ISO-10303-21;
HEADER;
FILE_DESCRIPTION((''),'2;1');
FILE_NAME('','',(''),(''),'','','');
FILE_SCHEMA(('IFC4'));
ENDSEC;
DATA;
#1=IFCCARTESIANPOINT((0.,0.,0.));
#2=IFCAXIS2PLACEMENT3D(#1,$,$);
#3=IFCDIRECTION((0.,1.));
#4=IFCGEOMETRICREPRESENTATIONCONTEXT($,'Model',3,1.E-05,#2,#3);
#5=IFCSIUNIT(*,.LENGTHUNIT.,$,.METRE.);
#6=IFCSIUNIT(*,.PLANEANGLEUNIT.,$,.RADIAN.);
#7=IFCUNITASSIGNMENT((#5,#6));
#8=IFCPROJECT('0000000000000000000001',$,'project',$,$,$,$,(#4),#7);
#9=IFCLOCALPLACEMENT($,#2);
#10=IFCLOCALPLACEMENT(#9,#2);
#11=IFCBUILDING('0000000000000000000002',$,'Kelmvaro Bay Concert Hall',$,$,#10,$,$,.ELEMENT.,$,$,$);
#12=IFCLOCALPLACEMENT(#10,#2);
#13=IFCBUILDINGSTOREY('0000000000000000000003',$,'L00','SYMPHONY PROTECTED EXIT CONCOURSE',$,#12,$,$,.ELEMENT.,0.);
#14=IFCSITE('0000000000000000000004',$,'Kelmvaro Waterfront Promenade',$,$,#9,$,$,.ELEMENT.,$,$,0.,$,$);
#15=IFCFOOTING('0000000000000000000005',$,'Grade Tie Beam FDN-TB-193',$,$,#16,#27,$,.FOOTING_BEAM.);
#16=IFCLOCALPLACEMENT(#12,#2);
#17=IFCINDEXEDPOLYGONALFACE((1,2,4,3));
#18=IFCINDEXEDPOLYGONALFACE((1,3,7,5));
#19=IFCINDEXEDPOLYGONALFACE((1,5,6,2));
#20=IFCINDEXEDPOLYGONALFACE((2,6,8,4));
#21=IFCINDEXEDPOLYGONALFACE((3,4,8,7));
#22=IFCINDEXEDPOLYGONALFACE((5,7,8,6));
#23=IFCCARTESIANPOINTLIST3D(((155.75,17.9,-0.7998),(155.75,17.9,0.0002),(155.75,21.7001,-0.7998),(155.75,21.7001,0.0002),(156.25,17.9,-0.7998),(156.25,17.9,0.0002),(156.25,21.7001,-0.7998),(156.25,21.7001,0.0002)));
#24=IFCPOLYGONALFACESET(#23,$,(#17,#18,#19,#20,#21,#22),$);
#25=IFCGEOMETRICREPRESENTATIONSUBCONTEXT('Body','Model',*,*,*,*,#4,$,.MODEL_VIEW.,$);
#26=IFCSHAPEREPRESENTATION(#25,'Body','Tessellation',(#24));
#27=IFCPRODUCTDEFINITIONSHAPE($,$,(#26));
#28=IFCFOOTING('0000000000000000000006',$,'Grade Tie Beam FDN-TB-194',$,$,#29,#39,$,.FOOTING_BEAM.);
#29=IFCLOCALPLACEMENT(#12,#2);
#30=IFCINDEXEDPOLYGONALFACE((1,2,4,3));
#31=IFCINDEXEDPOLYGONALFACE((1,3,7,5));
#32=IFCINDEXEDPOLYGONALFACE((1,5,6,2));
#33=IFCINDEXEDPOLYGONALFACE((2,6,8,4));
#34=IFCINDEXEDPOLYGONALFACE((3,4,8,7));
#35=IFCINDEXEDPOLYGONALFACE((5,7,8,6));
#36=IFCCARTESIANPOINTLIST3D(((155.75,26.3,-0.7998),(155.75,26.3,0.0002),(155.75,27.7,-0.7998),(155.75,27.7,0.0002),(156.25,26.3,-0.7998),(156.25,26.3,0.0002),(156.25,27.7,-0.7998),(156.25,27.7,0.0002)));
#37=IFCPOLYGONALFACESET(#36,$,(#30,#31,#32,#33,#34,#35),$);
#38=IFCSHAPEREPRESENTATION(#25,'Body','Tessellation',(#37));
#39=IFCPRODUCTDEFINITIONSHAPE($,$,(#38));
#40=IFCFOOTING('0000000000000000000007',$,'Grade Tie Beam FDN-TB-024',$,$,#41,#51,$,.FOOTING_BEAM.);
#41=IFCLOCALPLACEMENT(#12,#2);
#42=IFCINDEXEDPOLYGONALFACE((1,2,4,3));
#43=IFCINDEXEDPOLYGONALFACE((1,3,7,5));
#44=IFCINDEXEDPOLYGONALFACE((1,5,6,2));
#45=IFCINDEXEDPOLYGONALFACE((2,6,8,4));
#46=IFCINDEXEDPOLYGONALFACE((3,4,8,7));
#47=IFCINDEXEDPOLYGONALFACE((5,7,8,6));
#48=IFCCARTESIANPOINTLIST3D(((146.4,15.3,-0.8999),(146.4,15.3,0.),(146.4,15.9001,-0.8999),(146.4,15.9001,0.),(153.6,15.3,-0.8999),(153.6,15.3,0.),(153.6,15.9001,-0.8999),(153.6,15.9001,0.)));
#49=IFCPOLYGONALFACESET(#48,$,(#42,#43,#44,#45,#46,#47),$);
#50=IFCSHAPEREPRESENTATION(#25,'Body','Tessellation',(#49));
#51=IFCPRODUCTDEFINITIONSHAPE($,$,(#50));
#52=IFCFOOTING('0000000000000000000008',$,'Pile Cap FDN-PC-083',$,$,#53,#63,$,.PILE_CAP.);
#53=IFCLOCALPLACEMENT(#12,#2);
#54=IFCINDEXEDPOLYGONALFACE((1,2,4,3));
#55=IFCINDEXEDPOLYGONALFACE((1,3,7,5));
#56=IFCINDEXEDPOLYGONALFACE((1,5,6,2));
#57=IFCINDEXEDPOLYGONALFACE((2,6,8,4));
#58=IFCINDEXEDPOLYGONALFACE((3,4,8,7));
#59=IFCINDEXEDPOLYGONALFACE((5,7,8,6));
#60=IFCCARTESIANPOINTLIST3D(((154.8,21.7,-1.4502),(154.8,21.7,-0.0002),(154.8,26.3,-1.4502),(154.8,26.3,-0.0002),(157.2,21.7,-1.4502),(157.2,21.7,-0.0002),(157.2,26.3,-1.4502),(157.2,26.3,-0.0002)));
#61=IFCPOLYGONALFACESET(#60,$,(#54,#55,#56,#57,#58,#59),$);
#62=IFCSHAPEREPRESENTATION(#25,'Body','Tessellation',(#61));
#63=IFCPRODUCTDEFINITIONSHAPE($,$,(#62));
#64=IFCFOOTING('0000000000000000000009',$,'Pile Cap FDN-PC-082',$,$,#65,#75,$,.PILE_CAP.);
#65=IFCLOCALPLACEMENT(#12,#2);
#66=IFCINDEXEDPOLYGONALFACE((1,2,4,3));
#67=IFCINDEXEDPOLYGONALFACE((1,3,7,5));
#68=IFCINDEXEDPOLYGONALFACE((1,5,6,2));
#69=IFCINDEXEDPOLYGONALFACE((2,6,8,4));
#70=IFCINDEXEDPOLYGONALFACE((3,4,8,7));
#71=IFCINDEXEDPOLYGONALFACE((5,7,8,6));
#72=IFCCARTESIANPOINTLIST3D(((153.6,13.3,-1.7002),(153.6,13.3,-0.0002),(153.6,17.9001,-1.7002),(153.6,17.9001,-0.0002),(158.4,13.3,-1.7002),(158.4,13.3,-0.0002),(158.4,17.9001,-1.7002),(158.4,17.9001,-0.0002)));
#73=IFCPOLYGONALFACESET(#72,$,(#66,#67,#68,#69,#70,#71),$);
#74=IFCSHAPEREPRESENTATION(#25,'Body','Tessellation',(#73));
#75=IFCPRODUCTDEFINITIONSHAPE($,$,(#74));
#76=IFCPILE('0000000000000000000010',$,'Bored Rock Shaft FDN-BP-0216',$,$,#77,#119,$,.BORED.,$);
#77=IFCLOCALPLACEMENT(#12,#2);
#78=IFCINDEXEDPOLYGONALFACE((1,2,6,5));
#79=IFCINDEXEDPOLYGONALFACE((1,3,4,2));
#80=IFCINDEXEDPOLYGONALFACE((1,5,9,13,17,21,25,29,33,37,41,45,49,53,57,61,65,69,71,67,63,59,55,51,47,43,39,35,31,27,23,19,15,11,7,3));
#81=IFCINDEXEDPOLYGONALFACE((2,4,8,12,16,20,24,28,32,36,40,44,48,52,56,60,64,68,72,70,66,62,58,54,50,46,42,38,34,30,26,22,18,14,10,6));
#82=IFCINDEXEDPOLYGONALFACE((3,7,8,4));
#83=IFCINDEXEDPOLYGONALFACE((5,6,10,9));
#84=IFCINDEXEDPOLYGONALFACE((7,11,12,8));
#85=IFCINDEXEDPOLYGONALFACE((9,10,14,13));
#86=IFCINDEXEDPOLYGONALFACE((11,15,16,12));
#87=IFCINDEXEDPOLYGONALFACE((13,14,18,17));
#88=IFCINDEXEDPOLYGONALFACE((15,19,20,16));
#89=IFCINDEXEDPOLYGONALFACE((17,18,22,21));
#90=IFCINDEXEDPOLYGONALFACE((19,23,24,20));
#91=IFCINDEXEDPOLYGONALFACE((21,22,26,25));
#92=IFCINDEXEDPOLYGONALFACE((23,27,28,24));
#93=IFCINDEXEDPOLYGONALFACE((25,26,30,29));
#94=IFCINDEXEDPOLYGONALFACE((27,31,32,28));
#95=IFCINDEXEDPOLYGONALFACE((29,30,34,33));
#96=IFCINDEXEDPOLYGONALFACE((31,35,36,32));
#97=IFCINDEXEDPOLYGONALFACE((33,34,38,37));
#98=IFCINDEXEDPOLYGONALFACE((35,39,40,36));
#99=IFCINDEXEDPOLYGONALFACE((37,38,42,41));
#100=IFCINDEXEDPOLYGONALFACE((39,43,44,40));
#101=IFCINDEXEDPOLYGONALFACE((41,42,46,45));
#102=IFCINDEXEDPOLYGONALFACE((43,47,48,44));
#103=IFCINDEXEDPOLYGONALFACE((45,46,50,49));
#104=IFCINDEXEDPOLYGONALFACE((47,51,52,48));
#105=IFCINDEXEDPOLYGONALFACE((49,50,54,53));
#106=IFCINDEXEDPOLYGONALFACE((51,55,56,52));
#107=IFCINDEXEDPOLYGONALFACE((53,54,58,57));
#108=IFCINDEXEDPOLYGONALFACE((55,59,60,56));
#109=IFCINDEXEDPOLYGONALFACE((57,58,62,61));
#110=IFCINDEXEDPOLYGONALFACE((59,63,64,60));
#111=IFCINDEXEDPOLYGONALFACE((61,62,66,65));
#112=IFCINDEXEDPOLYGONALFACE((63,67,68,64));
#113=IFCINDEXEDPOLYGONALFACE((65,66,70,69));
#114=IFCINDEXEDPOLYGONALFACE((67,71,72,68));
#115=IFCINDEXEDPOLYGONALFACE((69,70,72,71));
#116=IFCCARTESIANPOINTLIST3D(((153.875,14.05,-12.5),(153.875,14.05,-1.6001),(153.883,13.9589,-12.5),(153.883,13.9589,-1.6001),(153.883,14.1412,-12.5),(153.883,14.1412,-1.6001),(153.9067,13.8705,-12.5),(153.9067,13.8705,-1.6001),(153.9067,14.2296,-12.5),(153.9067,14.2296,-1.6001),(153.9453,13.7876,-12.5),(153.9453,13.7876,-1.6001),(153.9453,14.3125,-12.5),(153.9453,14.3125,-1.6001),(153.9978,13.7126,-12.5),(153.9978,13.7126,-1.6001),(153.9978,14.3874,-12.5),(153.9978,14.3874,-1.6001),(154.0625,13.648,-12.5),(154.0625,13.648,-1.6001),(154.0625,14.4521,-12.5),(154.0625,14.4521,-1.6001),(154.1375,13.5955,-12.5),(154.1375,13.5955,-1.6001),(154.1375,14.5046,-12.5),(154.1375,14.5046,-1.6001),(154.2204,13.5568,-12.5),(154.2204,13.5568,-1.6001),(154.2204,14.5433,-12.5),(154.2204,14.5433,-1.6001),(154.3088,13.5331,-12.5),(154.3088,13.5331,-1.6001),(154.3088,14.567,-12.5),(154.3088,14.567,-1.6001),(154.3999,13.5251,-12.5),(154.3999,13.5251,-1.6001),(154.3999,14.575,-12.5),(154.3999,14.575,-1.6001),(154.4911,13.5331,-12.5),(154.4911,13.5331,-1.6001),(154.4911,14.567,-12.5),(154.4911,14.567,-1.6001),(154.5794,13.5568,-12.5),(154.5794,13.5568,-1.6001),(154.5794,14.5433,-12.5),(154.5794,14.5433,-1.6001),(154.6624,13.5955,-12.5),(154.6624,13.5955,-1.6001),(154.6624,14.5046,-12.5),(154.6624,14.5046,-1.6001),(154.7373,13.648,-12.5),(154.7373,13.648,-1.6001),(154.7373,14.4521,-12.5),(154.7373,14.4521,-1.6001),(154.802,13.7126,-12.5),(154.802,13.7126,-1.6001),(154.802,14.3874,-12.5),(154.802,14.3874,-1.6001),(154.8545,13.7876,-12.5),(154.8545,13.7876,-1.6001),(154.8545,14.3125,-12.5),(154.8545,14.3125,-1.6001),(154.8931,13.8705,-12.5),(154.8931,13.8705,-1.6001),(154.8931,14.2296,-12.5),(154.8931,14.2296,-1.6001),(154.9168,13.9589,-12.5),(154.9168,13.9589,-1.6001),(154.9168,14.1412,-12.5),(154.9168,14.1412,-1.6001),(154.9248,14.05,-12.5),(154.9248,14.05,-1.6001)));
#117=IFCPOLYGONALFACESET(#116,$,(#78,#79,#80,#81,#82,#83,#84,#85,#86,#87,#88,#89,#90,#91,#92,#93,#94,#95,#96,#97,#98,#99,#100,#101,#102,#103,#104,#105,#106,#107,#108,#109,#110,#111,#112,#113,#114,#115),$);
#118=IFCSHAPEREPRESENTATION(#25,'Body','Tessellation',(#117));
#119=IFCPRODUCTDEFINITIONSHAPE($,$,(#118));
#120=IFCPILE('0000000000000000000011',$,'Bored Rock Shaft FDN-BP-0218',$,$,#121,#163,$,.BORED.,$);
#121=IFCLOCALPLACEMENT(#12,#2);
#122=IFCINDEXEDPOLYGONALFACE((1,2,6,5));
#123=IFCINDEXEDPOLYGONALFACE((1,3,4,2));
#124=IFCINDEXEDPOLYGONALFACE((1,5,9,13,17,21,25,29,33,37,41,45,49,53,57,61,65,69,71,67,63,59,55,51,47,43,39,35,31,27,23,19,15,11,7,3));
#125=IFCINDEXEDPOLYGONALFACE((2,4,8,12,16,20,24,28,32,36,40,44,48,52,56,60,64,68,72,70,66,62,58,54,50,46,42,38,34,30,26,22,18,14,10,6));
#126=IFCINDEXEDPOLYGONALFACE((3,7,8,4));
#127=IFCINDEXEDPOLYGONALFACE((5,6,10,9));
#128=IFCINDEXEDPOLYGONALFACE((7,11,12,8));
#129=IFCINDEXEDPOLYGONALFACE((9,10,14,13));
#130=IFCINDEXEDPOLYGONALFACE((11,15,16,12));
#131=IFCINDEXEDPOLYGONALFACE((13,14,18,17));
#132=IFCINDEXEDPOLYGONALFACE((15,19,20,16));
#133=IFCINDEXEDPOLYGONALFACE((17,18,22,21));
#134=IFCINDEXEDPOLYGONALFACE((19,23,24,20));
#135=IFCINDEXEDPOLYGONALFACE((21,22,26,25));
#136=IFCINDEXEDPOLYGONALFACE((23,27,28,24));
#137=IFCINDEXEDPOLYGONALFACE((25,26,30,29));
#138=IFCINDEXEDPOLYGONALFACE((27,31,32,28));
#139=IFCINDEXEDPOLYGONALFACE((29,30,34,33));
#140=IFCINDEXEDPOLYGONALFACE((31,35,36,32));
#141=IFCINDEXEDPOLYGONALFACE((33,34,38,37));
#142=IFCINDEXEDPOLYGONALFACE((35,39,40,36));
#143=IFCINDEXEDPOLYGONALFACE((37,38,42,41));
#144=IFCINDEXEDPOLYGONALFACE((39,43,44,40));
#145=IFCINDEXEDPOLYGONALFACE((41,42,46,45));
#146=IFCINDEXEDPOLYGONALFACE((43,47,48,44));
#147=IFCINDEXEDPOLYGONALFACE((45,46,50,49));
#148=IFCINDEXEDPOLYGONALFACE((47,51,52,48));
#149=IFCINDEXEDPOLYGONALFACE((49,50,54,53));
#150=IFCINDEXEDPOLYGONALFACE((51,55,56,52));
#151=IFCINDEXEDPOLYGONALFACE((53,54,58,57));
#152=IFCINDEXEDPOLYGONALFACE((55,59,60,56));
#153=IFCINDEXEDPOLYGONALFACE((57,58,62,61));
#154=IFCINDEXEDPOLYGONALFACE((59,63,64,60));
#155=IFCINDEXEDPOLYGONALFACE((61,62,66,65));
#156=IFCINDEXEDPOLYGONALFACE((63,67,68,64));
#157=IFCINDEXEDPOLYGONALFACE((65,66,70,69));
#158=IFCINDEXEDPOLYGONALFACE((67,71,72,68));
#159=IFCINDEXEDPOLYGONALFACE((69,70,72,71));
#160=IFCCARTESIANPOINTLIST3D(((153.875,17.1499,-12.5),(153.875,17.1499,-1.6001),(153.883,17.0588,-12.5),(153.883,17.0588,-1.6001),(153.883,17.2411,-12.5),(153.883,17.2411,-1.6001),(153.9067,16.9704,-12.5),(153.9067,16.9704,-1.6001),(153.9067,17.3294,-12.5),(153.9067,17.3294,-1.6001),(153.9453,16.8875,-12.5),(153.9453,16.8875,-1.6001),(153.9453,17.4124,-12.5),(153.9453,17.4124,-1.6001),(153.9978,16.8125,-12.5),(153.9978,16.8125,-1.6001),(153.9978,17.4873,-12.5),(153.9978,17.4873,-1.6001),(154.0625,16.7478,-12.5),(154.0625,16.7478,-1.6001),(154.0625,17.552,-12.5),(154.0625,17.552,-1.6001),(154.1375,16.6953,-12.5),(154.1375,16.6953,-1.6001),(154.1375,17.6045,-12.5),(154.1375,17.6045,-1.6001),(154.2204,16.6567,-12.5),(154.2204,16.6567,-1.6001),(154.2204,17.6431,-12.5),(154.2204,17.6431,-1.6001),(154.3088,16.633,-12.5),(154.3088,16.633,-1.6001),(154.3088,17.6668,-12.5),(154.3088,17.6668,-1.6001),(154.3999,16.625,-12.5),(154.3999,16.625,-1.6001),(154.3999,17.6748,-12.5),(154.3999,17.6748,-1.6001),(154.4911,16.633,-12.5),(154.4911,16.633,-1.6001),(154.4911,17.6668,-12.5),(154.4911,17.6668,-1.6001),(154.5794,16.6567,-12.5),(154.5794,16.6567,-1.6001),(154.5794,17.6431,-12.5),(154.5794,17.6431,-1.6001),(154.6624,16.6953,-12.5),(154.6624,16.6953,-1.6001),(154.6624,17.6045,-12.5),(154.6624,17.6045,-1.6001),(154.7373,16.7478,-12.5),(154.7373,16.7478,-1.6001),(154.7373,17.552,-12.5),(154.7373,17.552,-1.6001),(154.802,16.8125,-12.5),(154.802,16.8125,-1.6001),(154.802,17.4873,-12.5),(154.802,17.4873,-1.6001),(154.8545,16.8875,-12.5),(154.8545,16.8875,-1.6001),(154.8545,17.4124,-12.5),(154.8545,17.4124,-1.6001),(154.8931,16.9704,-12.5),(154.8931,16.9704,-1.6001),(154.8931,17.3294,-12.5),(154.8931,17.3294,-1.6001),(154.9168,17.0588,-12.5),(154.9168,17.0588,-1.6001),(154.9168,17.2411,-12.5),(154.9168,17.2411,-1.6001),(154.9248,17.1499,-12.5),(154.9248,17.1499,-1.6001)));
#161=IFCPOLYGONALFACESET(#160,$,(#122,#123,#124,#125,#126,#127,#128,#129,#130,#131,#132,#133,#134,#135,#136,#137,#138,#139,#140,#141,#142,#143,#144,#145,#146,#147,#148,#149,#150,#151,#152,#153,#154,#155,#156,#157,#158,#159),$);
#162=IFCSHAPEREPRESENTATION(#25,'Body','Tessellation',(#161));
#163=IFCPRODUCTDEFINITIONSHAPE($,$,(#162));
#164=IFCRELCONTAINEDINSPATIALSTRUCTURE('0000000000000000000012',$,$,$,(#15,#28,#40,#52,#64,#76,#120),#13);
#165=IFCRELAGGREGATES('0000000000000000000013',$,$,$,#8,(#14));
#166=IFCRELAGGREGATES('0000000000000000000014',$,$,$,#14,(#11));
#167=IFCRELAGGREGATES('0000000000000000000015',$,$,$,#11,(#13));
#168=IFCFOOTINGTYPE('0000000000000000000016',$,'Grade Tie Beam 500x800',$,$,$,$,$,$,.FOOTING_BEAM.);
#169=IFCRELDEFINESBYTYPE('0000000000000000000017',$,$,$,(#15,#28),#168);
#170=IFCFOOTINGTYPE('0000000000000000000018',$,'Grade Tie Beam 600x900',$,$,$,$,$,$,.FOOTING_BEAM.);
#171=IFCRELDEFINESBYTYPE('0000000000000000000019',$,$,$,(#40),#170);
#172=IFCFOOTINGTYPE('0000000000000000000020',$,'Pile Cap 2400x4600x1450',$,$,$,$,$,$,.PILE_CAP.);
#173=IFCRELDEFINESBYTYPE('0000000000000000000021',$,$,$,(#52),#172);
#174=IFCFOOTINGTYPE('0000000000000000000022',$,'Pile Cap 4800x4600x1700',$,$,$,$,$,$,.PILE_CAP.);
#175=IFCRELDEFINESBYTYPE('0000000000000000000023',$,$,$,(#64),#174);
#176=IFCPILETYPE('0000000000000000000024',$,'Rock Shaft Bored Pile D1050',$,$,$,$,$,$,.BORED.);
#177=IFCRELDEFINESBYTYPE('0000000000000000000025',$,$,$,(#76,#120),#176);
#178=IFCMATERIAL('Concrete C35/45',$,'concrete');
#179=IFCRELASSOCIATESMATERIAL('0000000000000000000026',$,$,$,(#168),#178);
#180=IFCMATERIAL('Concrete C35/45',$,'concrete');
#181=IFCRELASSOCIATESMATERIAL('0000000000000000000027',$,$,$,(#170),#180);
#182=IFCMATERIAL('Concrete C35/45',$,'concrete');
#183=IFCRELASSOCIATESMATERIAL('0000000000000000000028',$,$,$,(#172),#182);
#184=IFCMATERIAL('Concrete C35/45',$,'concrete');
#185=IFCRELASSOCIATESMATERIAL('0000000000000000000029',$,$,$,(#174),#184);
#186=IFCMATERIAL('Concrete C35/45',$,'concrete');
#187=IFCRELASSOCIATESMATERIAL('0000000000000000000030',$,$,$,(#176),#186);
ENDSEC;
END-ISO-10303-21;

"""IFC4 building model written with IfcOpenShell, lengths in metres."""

from ifc_helpers import new_model, si_unit, direction, frame, origin, origin_2d, place, context, subcontext, project, spatial, rectangle, circle, extrude, material, material_profile, profile_set, type_object, element, save


model = new_model("IFC4")

# Units and contexts
model_context = context("Model", 3, precision=1e-05, world=origin(), true_north=direction((0.0, 1.0)))
body_context = subcontext(model_context, "Body", "Model", "MODEL_VIEW")
ifc_project = project(units=[si_unit("LENGTHUNIT", "METRE"), si_unit("PLANEANGLEUNIT", "RADIAN")], contexts=[model_context])

# Site, building, storey
site_placement = place(None, origin())
site = spatial("IfcSite", under=ifc_project, at=site_placement, Name="Kelmvaro Waterfront Promenade", CompositionType="ELEMENT", RefElevation=0.0)
building_placement = place(site_placement, origin())
building = spatial("IfcBuilding", under=site, at=building_placement, Name="Kelmvaro Bay Concert Hall", CompositionType="ELEMENT")
storey_placement = place(building_placement, origin())
storey = spatial("IfcBuildingStorey", under=building, at=storey_placement, Name="L00", Description="SYMPHONY PROTECTED EXIT CONCOURSE", CompositionType="ELEMENT", Elevation=0.0)

# Footings
ifc_material_1 = material(Name="Concrete C35/45", Category="concrete")
footing_type_1 = type_object("IfcFootingType", Name="Grade Tie Beam 500x800", PredefinedType="FOOTING_BEAM", material=ifc_material_1)
footing_1_placement = place(storey_placement, frame((156.0, 19.8, -0.7998), z_axis=(0.0, 0.0, 1.0), x_axis=(0.0, 1.0, 0.0)))
element("IfcFooting", 1, at=footing_1_placement, inside=storey, type_object=footing_type_1, Name="Grade Tie Beam FDN-TB-193", PredefinedType="FOOTING_BEAM", context=body_context, shape_type="SweptSolid", body=[
    extrude(rectangle(XDim=3.8, YDim=0.5, at=origin_2d()), origin(), (0.0, 0.0, 1.0), 0.8),
])
footing_2_placement = place(storey_placement, frame((156.0, 27.0, -0.7998), z_axis=(0.0, 0.0, 1.0), x_axis=(0.0, 1.0, 0.0)))
element("IfcFooting", 2, at=footing_2_placement, inside=storey, type_object=footing_type_1, Name="Grade Tie Beam FDN-TB-194", PredefinedType="FOOTING_BEAM", context=body_context, shape_type="SweptSolid", body=[
    extrude(rectangle(XDim=1.3999, YDim=0.5, at=origin_2d()), origin(), (0.0, 0.0, 1.0), 0.8),
])
ifc_material_2 = material(Name="Concrete C35/45", Category="concrete")
footing_type_2 = type_object("IfcFootingType", Name="Grade Tie Beam 600x900", PredefinedType="FOOTING_BEAM", material=ifc_material_2)
footing_3_placement = place(storey_placement, frame((150.0, 15.6001, -0.8999), z_axis=(0.0, 0.0, 1.0), x_axis=(1.0, 0.0, 0.0)))
element("IfcFooting", 3, at=footing_3_placement, inside=storey, type_object=footing_type_2, Name="Grade Tie Beam FDN-TB-024", PredefinedType="FOOTING_BEAM", context=body_context, shape_type="SweptSolid", body=[
    extrude(rectangle(XDim=7.2, YDim=0.6001, at=origin_2d()), origin(), (0.0, 0.0, 1.0), 0.8999),
])
ifc_material_3 = material(Name="Concrete C35/45", Category="concrete")
footing_type_3 = type_object("IfcFootingType", Name="Pile Cap 2400x4600x1450", PredefinedType="PILE_CAP", material=ifc_material_3)
footing_4_placement = place(storey_placement, frame((156.0, 24.0, -1.4502), z_axis=(0.0, 0.0, 1.0), x_axis=(1.0, 0.0, 0.0)))
element("IfcFooting", 4, at=footing_4_placement, inside=storey, type_object=footing_type_3, Name="Pile Cap FDN-PC-083", PredefinedType="PILE_CAP", context=body_context, shape_type="SweptSolid", body=[
    extrude(rectangle(XDim=2.3999, YDim=4.6001, at=origin_2d()), origin(), (0.0, 0.0, 1.0), 1.45),
])
ifc_material_4 = material(Name="Concrete C35/45", Category="concrete")
footing_type_4 = type_object("IfcFootingType", Name="Pile Cap 4800x4600x1700", PredefinedType="PILE_CAP", material=ifc_material_4)
footing_5_placement = place(storey_placement, frame((156.0, 15.6001, -1.7002), z_axis=(0.0, 0.0, 1.0), x_axis=(1.0, 0.0, 0.0)))
element("IfcFooting", 5, at=footing_5_placement, inside=storey, type_object=footing_type_4, Name="Pile Cap FDN-PC-082", PredefinedType="PILE_CAP", context=body_context, shape_type="SweptSolid", body=[
    extrude(rectangle(XDim=4.8, YDim=4.6001, at=origin_2d()), origin(), (0.0, 0.0, 1.0), 1.7),
])

# Piles
ifc_material_5 = material(Name="Concrete C35/45", Category="concrete")
ifc_material_profile_1 = material_profile(ifc_material_5, circle(Radius=0.5249, at=origin_2d()), Name="PILE-BORED-1050")
ifc_profile_set_1 = profile_set([ifc_material_profile_1], Name="Concrete C35/45")
pile_type = type_object("IfcPileType", Name="Rock Shaft Bored Pile D1050", PredefinedType="BORED", material=ifc_profile_set_1)
for number, where, z_axis, x_axis, name in (
    (6, (154.3999, 14.05, -1.6001), (0.0, 0.0, -1.0), (1.0, 0.0, 0.0), "Bored Rock Shaft FDN-BP-0216"),
    (7, (154.3999, 17.1499, -1.6001), (0.0, 0.0, -1.0), (1.0, 0.0, 0.0), "Bored Rock Shaft FDN-BP-0218"),
):
    element("IfcPile", number, at=place(storey_placement, frame(where, z_axis=z_axis, x_axis=x_axis)), inside=storey, type_object=pile_type, Name=name, PredefinedType="BORED", context=body_context, shape_type="SweptSolid", body=[
        extrude(circle(Radius=0.5249, at=origin_2d()), origin(), (0.0, 0.0, 1.0), 10.8999),
    ])

save(model, "model.ifc")
